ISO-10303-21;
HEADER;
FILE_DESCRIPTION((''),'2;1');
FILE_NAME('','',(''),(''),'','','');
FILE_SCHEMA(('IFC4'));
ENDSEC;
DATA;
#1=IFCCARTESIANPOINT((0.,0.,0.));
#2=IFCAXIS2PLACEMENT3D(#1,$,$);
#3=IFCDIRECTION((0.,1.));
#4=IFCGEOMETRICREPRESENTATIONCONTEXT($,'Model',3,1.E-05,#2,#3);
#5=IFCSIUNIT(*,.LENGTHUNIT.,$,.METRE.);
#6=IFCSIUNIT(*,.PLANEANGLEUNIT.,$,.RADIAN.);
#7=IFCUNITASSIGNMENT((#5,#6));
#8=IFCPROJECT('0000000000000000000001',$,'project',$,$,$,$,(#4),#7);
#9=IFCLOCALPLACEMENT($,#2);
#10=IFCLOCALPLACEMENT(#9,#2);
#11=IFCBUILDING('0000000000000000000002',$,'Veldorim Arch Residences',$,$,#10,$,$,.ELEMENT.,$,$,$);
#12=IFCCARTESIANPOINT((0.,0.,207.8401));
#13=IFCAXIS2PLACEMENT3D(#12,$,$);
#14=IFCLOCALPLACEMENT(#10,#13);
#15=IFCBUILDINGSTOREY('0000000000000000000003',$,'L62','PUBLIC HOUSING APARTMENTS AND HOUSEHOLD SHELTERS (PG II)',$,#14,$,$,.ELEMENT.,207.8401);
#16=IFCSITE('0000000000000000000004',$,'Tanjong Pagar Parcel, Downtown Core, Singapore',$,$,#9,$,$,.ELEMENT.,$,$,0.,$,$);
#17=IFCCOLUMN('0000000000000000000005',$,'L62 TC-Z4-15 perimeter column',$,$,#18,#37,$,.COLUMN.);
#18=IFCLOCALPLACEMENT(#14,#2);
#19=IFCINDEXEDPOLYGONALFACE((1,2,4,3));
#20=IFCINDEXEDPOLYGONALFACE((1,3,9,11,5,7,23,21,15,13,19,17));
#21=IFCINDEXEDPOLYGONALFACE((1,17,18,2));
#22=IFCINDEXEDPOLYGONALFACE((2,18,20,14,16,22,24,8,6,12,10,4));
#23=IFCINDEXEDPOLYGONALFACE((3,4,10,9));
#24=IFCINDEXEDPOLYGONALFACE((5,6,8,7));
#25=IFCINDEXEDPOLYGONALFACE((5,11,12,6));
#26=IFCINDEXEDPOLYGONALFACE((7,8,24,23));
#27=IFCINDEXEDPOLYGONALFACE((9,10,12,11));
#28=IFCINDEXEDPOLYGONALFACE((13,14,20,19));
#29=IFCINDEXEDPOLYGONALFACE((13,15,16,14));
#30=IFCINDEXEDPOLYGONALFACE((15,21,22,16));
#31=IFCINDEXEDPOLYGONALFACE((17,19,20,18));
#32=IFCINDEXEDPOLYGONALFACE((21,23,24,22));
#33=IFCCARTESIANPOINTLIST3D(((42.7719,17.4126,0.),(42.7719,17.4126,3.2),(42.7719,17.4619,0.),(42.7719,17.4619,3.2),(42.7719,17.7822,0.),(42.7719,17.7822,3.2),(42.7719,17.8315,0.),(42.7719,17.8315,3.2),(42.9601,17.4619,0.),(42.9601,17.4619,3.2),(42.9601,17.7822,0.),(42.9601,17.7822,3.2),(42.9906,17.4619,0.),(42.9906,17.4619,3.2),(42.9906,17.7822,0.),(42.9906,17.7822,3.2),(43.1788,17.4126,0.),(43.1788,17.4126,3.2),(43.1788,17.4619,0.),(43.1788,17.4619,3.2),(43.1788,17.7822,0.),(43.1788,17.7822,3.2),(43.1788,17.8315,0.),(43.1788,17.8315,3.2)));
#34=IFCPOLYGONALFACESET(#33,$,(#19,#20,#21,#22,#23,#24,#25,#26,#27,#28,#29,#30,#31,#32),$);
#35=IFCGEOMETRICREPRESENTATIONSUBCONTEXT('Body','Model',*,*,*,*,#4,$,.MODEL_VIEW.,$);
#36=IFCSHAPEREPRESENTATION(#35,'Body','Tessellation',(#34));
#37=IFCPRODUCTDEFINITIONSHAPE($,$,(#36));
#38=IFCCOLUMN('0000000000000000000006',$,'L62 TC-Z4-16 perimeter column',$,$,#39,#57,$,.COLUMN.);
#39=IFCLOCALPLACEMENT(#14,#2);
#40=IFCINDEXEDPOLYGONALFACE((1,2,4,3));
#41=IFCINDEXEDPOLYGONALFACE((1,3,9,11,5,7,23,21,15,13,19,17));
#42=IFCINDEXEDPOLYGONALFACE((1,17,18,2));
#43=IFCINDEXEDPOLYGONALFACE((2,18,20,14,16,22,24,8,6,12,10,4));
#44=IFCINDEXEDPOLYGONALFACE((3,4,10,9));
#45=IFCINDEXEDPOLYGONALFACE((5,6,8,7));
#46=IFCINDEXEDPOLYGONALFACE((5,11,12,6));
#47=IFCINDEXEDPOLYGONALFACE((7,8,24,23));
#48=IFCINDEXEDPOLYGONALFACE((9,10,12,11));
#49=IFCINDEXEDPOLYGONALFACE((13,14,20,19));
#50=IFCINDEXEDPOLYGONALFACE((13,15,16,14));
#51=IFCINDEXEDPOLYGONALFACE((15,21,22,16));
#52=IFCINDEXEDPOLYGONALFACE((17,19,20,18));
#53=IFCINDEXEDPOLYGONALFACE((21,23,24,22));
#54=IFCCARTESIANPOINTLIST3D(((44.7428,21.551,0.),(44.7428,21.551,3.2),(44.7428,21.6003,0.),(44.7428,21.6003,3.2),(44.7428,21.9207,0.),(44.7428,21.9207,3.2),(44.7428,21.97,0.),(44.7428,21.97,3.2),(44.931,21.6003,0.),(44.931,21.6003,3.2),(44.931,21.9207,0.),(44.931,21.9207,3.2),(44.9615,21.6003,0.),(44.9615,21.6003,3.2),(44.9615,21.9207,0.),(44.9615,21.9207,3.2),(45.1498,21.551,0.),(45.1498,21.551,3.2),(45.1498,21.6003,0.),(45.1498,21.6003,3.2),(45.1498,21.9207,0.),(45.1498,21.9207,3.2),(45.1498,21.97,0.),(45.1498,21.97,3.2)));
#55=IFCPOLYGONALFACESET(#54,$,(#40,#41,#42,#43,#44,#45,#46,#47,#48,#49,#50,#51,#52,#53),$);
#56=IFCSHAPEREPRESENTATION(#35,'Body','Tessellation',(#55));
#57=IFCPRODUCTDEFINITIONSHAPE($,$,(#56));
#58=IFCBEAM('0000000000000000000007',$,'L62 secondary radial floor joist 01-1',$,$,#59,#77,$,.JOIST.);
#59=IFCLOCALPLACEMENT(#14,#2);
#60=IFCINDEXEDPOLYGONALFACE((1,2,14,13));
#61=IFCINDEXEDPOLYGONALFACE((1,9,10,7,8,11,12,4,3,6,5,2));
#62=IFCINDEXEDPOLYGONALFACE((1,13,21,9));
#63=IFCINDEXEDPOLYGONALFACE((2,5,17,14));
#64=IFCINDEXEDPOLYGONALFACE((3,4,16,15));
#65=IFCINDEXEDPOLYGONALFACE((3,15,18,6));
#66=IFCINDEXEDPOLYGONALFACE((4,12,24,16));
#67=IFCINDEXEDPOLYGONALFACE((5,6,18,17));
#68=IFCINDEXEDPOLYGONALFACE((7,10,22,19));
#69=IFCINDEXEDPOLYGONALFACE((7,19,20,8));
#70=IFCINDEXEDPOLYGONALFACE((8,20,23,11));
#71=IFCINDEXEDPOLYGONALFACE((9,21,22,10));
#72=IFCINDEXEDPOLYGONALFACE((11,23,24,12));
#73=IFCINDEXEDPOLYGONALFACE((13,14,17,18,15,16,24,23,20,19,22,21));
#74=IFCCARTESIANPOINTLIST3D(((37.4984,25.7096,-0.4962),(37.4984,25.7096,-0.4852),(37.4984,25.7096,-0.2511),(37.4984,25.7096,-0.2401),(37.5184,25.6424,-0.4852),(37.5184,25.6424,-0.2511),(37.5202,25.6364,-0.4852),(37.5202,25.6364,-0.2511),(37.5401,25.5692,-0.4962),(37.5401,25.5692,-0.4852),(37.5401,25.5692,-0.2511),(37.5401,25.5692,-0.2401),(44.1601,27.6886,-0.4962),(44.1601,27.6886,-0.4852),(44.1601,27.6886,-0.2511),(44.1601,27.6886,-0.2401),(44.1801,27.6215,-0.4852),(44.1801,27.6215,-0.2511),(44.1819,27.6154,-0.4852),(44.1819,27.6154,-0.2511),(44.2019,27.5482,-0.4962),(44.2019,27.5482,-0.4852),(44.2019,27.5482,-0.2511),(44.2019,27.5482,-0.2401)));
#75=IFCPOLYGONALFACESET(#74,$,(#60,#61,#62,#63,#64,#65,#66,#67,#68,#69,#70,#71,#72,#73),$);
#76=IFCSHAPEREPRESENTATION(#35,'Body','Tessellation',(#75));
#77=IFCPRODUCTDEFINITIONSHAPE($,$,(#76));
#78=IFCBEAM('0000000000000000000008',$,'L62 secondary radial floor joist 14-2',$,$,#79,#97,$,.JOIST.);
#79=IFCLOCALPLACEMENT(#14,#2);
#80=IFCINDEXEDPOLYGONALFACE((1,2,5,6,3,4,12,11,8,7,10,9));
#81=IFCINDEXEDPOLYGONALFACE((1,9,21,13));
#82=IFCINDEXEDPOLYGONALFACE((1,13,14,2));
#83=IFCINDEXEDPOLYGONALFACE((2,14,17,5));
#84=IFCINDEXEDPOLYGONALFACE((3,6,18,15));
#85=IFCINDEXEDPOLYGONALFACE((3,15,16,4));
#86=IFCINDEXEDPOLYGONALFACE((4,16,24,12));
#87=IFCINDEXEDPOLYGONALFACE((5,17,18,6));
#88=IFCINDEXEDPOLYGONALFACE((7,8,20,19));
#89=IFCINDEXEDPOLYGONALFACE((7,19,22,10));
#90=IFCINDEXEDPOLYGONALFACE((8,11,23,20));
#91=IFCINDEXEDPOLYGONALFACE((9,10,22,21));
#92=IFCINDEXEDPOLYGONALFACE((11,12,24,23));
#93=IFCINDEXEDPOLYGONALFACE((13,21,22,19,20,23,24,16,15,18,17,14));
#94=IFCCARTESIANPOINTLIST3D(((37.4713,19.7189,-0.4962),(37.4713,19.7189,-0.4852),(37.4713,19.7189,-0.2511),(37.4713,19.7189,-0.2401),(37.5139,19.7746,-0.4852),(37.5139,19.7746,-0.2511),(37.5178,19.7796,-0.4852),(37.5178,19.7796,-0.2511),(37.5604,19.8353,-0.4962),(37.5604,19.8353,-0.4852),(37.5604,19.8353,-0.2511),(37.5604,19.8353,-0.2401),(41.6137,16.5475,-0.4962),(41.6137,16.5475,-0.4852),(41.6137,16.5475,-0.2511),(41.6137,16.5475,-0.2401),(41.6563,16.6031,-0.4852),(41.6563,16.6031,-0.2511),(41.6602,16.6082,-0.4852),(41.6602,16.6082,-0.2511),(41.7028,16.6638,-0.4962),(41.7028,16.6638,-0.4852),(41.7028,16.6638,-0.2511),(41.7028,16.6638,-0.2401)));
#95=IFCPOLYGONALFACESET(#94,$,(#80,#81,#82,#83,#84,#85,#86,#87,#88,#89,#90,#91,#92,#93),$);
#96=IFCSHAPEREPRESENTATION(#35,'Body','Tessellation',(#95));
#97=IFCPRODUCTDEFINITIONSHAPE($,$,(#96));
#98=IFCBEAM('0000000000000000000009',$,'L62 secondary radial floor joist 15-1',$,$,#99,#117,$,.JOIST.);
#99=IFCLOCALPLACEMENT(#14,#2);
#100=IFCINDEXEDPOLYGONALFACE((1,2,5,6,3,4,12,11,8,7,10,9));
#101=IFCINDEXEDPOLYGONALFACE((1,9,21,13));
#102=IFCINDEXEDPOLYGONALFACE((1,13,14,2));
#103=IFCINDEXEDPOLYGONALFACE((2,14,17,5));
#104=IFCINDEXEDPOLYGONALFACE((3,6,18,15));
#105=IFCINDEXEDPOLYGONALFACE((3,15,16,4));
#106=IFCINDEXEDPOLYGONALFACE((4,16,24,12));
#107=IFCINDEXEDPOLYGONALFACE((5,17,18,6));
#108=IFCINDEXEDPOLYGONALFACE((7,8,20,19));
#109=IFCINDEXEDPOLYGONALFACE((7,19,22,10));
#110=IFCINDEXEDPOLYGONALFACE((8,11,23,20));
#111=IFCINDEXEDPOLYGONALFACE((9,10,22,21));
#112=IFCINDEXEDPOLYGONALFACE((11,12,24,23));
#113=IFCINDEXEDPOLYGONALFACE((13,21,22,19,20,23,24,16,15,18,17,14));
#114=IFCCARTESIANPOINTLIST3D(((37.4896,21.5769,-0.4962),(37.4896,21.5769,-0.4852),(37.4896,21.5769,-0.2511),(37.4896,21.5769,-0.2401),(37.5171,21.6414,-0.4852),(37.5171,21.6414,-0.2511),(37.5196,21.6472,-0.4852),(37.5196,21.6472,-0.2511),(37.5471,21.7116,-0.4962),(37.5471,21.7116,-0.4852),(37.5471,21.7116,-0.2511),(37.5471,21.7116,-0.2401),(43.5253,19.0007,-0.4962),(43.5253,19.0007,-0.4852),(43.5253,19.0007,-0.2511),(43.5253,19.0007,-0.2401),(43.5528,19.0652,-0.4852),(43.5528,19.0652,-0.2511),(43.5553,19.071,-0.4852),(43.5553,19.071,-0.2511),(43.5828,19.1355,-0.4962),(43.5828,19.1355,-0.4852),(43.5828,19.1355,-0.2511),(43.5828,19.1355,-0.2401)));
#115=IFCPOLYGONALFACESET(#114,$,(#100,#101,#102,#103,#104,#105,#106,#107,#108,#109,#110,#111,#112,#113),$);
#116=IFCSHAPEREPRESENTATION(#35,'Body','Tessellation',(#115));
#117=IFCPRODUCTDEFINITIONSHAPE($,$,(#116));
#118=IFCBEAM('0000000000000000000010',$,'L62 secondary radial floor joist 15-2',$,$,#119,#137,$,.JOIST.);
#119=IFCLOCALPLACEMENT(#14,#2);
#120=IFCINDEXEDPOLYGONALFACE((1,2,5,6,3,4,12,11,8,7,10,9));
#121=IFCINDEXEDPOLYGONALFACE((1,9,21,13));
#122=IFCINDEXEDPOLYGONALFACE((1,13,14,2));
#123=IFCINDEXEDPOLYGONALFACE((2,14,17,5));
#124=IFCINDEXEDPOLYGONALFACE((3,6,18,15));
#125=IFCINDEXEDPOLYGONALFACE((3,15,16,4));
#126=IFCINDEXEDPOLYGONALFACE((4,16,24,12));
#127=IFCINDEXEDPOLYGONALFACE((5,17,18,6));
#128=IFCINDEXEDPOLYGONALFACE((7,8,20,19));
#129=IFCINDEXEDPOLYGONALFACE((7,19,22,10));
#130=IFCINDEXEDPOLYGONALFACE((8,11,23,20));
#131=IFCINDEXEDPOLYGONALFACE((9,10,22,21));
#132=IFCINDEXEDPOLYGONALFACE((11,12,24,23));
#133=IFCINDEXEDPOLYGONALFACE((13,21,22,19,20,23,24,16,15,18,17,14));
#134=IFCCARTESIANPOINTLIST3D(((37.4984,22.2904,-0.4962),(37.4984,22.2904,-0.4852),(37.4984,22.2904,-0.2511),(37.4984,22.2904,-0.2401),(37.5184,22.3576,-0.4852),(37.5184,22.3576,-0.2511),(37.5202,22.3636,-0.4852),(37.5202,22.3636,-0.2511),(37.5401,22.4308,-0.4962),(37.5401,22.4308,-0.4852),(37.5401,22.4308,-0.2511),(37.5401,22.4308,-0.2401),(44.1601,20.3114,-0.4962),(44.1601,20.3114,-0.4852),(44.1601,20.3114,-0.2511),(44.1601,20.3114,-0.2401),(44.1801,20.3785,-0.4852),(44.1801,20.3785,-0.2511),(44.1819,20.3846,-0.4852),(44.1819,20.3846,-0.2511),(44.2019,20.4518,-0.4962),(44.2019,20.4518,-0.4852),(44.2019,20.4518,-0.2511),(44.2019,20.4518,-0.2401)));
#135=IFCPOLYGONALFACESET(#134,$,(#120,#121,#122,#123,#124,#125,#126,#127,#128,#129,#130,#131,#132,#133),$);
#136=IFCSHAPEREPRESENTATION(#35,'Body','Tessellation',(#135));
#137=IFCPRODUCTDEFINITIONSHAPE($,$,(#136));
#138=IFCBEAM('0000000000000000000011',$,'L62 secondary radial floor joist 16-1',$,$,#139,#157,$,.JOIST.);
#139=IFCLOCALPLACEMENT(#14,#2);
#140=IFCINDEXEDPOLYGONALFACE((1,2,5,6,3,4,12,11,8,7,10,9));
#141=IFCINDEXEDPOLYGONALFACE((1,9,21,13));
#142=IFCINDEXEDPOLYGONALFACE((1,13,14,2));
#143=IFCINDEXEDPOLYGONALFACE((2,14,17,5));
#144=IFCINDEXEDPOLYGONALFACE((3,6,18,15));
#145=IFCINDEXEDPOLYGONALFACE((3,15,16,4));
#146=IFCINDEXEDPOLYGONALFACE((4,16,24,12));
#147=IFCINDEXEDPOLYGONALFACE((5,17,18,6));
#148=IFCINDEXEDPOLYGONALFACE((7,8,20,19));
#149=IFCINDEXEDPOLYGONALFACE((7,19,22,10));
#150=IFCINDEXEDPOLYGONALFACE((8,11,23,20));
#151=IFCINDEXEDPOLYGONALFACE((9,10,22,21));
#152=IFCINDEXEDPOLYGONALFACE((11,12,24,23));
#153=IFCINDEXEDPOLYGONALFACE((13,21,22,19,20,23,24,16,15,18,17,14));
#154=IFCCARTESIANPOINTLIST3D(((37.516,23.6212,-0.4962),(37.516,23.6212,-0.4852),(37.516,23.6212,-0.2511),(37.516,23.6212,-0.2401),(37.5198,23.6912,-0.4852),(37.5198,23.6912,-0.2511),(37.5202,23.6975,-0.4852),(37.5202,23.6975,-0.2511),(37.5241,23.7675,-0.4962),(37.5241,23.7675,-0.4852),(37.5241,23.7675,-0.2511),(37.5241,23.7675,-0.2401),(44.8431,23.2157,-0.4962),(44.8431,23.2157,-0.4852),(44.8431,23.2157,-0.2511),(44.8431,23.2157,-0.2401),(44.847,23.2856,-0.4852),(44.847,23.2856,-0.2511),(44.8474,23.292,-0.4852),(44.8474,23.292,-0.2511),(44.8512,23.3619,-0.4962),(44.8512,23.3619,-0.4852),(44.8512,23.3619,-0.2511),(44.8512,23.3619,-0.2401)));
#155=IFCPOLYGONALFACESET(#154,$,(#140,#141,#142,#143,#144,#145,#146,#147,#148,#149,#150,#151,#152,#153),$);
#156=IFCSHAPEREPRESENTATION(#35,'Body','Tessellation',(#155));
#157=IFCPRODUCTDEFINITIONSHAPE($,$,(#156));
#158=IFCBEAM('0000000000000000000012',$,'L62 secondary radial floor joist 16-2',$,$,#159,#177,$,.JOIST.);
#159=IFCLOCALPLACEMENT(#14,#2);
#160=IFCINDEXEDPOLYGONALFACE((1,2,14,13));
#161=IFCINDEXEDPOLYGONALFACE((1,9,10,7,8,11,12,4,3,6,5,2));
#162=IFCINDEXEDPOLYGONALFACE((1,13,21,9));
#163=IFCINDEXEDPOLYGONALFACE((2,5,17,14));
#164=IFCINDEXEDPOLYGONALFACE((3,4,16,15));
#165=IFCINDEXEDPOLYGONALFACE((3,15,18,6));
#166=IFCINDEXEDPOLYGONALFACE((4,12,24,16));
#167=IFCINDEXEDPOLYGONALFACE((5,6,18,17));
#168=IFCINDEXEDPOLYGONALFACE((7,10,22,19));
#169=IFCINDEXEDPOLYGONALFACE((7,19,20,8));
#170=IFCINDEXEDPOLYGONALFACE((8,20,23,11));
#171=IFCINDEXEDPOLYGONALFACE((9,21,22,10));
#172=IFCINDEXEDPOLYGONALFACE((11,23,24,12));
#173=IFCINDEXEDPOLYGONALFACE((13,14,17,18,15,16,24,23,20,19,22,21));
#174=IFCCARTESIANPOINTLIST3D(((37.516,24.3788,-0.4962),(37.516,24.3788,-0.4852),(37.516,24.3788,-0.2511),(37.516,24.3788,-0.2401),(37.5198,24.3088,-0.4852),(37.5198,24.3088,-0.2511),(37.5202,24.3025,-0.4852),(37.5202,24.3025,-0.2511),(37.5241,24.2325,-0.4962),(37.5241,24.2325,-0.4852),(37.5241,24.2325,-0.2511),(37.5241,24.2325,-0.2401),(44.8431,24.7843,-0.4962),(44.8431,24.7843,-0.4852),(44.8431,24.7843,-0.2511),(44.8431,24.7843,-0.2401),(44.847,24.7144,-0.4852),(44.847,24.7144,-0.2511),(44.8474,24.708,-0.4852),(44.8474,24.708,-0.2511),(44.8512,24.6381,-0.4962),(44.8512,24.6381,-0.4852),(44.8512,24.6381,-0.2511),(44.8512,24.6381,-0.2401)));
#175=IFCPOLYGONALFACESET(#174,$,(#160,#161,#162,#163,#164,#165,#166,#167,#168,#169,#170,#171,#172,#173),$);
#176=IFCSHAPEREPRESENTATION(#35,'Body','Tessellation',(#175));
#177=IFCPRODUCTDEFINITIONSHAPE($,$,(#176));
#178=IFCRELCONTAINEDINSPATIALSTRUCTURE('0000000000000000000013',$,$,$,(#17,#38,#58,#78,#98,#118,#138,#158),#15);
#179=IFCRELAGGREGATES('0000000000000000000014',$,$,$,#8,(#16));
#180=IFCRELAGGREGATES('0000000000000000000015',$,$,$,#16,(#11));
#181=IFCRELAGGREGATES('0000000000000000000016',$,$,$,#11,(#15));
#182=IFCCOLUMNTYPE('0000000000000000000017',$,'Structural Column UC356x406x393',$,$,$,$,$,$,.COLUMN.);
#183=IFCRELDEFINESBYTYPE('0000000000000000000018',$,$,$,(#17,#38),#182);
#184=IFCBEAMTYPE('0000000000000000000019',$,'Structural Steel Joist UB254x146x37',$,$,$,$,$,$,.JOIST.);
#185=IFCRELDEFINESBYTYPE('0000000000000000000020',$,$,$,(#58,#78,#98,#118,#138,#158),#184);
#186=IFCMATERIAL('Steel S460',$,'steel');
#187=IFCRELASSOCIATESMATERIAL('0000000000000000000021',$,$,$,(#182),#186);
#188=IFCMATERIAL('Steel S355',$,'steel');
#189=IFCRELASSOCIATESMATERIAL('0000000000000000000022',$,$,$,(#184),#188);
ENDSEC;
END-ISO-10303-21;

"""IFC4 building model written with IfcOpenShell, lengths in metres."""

from ifc_helpers import new_model, si_unit, direction, frame, origin, origin_2d, place, context, subcontext, project, spatial, i_section, extrude, material, material_profile, profile_set, type_object, element, save


model = new_model("IFC4")

# Units and contexts
model_context = context("Model", 3, precision=1e-05, world=origin(), true_north=direction((0.0, 1.0)))
body_context = subcontext(model_context, "Body", "Model", "MODEL_VIEW")
ifc_project = project(units=[si_unit("LENGTHUNIT", "METRE"), si_unit("PLANEANGLEUNIT", "RADIAN")], contexts=[model_context])

# Site, building, storey
site_placement = place(None, origin())
site = spatial("IfcSite", under=ifc_project, at=site_placement, Name="Tanjong Pagar Parcel, Downtown Core, Singapore", CompositionType="ELEMENT", RefElevation=0.0)
building_placement = place(site_placement, origin())
building = spatial("IfcBuilding", under=site, at=building_placement, Name="Veldorim Arch Residences", CompositionType="ELEMENT")
storey_placement = place(building_placement, frame((0.0, 0.0, 207.8401)))
storey = spatial("IfcBuildingStorey", under=building, at=storey_placement, Name="L62", Description="PUBLIC HOUSING APARTMENTS AND HOUSEHOLD SHELTERS (PG II)", CompositionType="ELEMENT", Elevation=207.8401)

# Columns
ifc_material_1 = material(Name="Steel S460", Category="steel")
ifc_material_profile_1 = material_profile(ifc_material_1, i_section(OverallWidth=0.407, OverallDepth=0.4189, WebThickness=0.0305, FlangeThickness=0.0493, at=origin_2d()), Name="UC356x406x393")
ifc_profile_set_1 = profile_set([ifc_material_profile_1], Name="Steel S460")
column_type = type_object("IfcColumnType", Name="Structural Column UC356x406x393", PredefinedType="COLUMN", material=ifc_profile_set_1)
for number, where, z_axis, x_axis, name in (
    (1, (42.9753, 17.6221, 0.0), (0.0, 0.0, 1.0), (1.0, 0.0, 0.0), "L62 TC-Z4-15 perimeter column"),
    (2, (44.9463, 21.7605, 0.0), (0.0, 0.0, 1.0), (1.0, 0.0, 0.0), "L62 TC-Z4-16 perimeter column"),
):
    element("IfcColumn", number, at=place(storey_placement, frame(where, z_axis=z_axis, x_axis=x_axis)), inside=storey, type_object=column_type, Name=name, PredefinedType="COLUMN", context=body_context, shape_type="SweptSolid", body=[
        extrude(i_section(OverallWidth=0.407, OverallDepth=0.4189, WebThickness=0.0305, FlangeThickness=0.0493, at=origin_2d()), origin(), (0.0, 0.0, 1.0), 3.2),
    ])

# Beams
ifc_material_2 = material(Name="Steel S355", Category="steel")
ifc_material_profile_2 = material_profile(ifc_material_2, i_section(OverallWidth=0.1465, OverallDepth=0.2561, WebThickness=0.0063, FlangeThickness=0.011, at=origin_2d()), Name="UB254x146x37")
ifc_profile_set_2 = profile_set([ifc_material_profile_2], Name="Steel S355")
beam_type_1 = type_object("IfcBeamType", Name="Structural Steel Joist UB254x146x37", PredefinedType="JOIST", material=ifc_profile_set_2)
beam_1_placement = place(storey_placement, frame((37.5193, 25.6394, -0.3682), z_axis=(0.958594, 0.284775, 0.0), x_axis=(-0.284775, 0.958594, 0.0)))
element("IfcBeam", 3, at=beam_1_placement, inside=storey, type_object=beam_type_1, Name="L62 secondary radial floor joist 01-1", PredefinedType="JOIST", context=body_context, shape_type="SweptSolid", body=[
    extrude(i_section(OverallWidth=0.1465, OverallDepth=0.2561, WebThickness=0.0063, FlangeThickness=0.011, at=origin_2d()), origin(), (0.0, 0.0, 1.0), 6.9495),
])
beam_2_placement = place(storey_placement, frame((37.5159, 19.7771, -0.3682), z_axis=(0.794014, -0.6079, 0.0), x_axis=(0.6079, 0.794014, 0.0)))
element("IfcBeam", 4, at=beam_2_placement, inside=storey, type_object=beam_type_1, Name="L62 secondary radial floor joist 14-2", PredefinedType="JOIST", context=body_context, shape_type="SweptSolid", body=[
    extrude(i_section(OverallWidth=0.1465, OverallDepth=0.2561, WebThickness=0.0063, FlangeThickness=0.011, at=origin_2d()), origin(), (0.0, 0.0, 1.0), 5.217),
])
beam_3_placement = place(storey_placement, frame((37.5183, 21.6443, -0.3682), z_axis=(0.919725, -0.392563, 0.0), x_axis=(0.392563, 0.919725, 0.0)))
element("IfcBeam", 5, at=beam_3_placement, inside=storey, type_object=beam_type_1, Name="L62 secondary radial floor joist 15-1", PredefinedType="JOIST", context=body_context, shape_type="SweptSolid", body=[
    extrude(i_section(OverallWidth=0.1465, OverallDepth=0.2561, WebThickness=0.0063, FlangeThickness=0.011, at=origin_2d()), origin(), (0.0, 0.0, 1.0), 6.5625),
])
beam_4_placement = place(storey_placement, frame((37.5193, 22.3606, -0.3682), z_axis=(0.958594, -0.284775, 0.0), x_axis=(0.284775, 0.958594, 0.0)))
element("IfcBeam", 6, at=beam_4_placement, inside=storey, type_object=beam_type_1, Name="L62 secondary radial floor joist 15-2", PredefinedType="JOIST", context=body_context, shape_type="SweptSolid", body=[
    extrude(i_section(OverallWidth=0.1465, OverallDepth=0.2561, WebThickness=0.0063, FlangeThickness=0.011, at=origin_2d()), origin(), (0.0, 0.0, 1.0), 6.9495),
])
for number, where, z_axis, x_axis, name in (
    (7, (37.52, 23.6943, -0.3682), (0.998472, -0.05526, 0.0), (0.05526, 0.998472, 0.0), "L62 secondary radial floor joist 16-1"),
    (8, (37.52, 24.3057, -0.3682), (0.998472, 0.05526, 0.0), (-0.05526, 0.998472, 0.0), "L62 secondary radial floor joist 16-2"),
):
    element("IfcBeam", number, at=place(storey_placement, frame(where, z_axis=z_axis, x_axis=x_axis)), inside=storey, type_object=beam_type_1, Name=name, PredefinedType="JOIST", context=body_context, shape_type="SweptSolid", body=[
        extrude(i_section(OverallWidth=0.1465, OverallDepth=0.2561, WebThickness=0.0063, FlangeThickness=0.011, at=origin_2d()), origin(), (0.0, 0.0, 1.0), 7.3384),
    ])

save(model, "model.ifc")
